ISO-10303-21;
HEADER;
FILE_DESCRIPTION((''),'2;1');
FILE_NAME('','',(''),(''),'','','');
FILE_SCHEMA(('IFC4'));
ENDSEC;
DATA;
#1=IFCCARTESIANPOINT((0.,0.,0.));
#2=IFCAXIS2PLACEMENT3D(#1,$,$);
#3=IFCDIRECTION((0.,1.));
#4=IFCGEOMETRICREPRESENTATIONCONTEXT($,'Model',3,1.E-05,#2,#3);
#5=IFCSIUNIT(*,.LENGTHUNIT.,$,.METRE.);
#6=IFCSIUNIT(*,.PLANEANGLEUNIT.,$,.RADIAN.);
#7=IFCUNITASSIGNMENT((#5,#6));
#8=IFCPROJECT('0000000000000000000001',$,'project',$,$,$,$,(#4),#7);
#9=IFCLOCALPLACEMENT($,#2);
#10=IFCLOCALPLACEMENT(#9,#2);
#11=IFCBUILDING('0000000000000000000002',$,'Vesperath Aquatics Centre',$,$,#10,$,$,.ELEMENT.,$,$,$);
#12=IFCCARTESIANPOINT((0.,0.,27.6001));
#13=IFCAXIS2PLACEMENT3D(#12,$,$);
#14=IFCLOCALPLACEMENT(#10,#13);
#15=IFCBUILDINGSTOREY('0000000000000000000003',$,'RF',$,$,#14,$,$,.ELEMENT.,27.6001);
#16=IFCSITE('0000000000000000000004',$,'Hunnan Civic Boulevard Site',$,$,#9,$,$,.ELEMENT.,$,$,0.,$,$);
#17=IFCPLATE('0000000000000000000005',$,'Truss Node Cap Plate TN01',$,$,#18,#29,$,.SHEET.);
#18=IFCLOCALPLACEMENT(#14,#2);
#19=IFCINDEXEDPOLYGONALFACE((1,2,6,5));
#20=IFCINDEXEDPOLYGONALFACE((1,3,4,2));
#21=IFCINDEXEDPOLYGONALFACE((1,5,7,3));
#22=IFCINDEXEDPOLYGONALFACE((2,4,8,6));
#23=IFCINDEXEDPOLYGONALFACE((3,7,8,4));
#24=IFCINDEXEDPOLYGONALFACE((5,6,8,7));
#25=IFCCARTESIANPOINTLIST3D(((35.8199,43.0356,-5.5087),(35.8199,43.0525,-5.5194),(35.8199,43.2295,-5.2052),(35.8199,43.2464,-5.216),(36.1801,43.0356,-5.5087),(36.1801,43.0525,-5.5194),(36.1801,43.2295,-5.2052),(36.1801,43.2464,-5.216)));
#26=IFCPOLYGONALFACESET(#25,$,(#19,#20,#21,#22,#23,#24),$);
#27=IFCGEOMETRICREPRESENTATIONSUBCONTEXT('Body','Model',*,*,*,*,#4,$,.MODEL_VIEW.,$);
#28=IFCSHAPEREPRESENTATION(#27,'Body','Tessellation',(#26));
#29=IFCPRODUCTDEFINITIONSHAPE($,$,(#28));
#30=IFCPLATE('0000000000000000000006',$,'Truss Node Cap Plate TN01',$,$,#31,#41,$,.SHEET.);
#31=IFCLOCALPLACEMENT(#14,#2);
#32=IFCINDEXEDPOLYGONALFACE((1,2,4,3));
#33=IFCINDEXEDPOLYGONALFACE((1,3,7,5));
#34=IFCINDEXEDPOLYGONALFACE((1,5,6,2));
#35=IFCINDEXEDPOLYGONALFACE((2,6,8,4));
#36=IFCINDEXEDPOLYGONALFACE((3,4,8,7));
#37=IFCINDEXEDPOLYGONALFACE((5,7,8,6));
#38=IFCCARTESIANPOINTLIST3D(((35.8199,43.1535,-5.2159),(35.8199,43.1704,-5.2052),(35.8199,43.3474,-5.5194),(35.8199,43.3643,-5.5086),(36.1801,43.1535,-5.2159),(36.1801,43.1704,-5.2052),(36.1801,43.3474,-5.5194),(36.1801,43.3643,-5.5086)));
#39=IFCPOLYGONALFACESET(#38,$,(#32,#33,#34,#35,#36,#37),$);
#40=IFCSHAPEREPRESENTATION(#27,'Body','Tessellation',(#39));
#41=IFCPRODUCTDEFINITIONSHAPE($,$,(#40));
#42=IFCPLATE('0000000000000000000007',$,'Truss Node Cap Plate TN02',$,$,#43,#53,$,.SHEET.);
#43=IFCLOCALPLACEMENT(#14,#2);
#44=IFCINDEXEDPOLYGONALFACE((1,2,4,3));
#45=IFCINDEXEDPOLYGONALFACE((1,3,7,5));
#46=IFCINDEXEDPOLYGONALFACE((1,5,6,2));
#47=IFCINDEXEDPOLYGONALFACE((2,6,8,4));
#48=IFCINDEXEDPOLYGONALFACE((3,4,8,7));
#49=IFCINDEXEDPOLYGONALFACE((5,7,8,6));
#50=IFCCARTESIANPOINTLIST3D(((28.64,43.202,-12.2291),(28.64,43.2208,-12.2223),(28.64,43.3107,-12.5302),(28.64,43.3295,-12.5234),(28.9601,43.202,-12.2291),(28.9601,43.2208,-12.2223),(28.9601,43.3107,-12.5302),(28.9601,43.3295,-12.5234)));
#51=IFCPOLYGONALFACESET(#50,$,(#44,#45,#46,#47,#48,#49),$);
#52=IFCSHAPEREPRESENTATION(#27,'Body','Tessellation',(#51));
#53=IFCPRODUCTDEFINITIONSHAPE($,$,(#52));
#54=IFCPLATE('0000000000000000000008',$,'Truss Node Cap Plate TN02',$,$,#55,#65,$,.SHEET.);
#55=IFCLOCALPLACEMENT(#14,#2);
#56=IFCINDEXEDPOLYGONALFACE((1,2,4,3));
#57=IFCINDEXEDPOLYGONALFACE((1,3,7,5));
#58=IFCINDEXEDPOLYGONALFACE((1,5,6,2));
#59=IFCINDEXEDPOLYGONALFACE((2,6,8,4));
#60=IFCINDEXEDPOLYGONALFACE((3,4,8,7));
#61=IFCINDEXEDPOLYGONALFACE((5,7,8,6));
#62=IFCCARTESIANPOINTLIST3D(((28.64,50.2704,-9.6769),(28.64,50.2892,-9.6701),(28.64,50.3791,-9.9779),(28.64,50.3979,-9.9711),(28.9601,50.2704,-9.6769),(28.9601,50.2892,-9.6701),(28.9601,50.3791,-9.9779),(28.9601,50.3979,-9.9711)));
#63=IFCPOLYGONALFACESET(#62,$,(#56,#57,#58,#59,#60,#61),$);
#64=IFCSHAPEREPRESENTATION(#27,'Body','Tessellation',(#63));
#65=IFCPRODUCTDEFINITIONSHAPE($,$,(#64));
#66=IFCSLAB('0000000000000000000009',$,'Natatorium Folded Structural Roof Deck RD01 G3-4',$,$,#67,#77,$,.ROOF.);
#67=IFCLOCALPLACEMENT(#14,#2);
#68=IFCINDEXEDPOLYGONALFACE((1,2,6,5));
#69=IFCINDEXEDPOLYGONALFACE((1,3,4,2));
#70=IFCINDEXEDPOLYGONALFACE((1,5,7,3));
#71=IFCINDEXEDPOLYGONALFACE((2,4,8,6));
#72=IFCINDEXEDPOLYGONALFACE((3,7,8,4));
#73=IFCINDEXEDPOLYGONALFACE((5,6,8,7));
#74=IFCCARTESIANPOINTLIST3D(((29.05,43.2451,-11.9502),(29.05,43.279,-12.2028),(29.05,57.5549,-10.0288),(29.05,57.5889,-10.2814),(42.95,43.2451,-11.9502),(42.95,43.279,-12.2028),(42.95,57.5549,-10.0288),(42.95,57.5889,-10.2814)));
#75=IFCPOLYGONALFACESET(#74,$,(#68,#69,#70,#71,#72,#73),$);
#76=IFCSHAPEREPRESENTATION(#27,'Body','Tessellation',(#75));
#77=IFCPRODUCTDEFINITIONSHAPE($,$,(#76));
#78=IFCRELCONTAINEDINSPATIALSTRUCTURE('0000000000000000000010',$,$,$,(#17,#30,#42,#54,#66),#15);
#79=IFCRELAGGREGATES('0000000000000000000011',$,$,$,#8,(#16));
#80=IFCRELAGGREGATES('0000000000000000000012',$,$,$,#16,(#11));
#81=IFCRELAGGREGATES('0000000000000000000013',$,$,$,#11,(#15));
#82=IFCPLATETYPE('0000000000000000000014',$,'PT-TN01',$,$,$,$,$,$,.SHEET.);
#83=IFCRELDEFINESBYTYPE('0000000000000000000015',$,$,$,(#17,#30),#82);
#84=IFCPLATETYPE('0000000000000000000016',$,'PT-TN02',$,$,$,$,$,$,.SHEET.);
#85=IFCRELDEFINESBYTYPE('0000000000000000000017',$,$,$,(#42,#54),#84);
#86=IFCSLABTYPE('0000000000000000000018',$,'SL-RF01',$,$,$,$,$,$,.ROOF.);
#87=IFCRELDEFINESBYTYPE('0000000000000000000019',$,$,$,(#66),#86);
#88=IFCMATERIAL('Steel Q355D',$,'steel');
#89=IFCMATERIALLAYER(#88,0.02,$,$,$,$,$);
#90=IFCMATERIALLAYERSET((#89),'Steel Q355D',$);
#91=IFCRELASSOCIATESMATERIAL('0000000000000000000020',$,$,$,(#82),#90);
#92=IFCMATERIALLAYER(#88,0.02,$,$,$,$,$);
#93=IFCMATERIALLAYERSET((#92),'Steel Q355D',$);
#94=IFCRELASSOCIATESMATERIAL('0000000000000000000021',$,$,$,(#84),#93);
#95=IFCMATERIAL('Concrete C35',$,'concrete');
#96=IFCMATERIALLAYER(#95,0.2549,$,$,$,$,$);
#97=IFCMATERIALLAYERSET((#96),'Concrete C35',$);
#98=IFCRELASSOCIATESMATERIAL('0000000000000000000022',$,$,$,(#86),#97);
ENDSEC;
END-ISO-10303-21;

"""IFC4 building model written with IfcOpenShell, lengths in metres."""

from ifc_helpers import new_model, si_unit, direction, frame, origin, origin_2d, place, context, subcontext, project, spatial, polyline, rectangle, outline, extrude, material, layer, layer_set, type_object, element, save


model = new_model("IFC4")

# Units and contexts
model_context = context("Model", 3, precision=1e-05, world=origin(), true_north=direction((0.0, 1.0)))
body_context = subcontext(model_context, "Body", "Model", "MODEL_VIEW")
ifc_project = project(units=[si_unit("LENGTHUNIT", "METRE"), si_unit("PLANEANGLEUNIT", "RADIAN")], contexts=[model_context])

# Site, building, storey
site_placement = place(None, origin())
site = spatial("IfcSite", under=ifc_project, at=site_placement, Name="Hunnan Civic Boulevard Site", CompositionType="ELEMENT", RefElevation=0.0)
building_placement = place(site_placement, origin())
building = spatial("IfcBuilding", under=site, at=building_placement, Name="Vesperath Aquatics Centre", CompositionType="ELEMENT")
storey_placement = place(building_placement, frame((0.0, 0.0, 27.6001)))
storey = spatial("IfcBuildingStorey", under=building, at=storey_placement, Name="RF", CompositionType="ELEMENT", Elevation=27.6001)

# Shared definitions
ifc_material_1 = material(Name="Steel Q355D", Category="steel")

# Plates
ifc_layer_1 = layer(ifc_material_1, 0.02)
ifc_layer_set_1 = layer_set([ifc_layer_1], Name="Steel Q355D")
plate_type_1 = type_object("IfcPlateType", Name="PT-TN01", PredefinedType="SHEET", material=ifc_layer_set_1)
for number, where, z_axis, x_axis, name in (
    (1, (36.0, 43.1326, -5.3569), (0.0, 0.842696, -0.538389), (-1.0, 0.0, 0.0), "Truss Node Cap Plate TN01"),
    (2, (36.0, 43.2505, -5.3677), (0.0, 0.842696, 0.538389), (-1.0, 0.0, 0.0), "Truss Node Cap Plate TN01"),
):
    element("IfcPlate", number, at=place(storey_placement, frame(where, z_axis=z_axis, x_axis=x_axis)), inside=storey, type_object=plate_type_1, Name=name, PredefinedType="SHEET", context=body_context, shape_type="SweptSolid", body=[
        extrude(rectangle(XDim=0.3601, YDim=0.3601, at=origin_2d()), origin(), (0.0, 0.0, 1.0), 0.02),
    ])
ifc_layer_2 = layer(ifc_material_1, 0.02)
ifc_layer_set_2 = layer_set([ifc_layer_2], Name="Steel Q355D")
plate_type_2 = type_object("IfcPlateType", Name="PT-TN02", PredefinedType="SHEET", material=ifc_layer_set_2)
for number, where, z_axis, x_axis, name in (
    (3, (28.8, 43.2563, -12.3796), (0.0, 0.940554, 0.339644), (-1.0, 0.0, 0.0), "Truss Node Cap Plate TN02"),
    (4, (28.8, 50.3247, -9.8274), (0.0, 0.940554, 0.339644), (-1.0, 0.0, 0.0), "Truss Node Cap Plate TN02"),
):
    element("IfcPlate", number, at=place(storey_placement, frame(where, z_axis=z_axis, x_axis=x_axis)), inside=storey, type_object=plate_type_2, Name=name, PredefinedType="SHEET", context=body_context, shape_type="SweptSolid", body=[
        extrude(rectangle(XDim=0.3201, YDim=0.3201, at=origin_2d()), origin(), (0.0, 0.0, 1.0), 0.02),
    ])

# Slab
ifc_material_2 = material(Name="Concrete C35", Category="concrete")
ifc_layer_3 = layer(ifc_material_2, 0.2549)
ifc_layer_set_3 = layer_set([ifc_layer_3], Name="Concrete C35")
slab_type = type_object("IfcSlabType", Name="SL-RF01", PredefinedType="ROOF", material=ifc_layer_set_3)
slab_placement = place(storey_placement, frame((29.05, 43.2451, -11.9502), z_axis=(0.0, -0.133076, 0.991106), x_axis=(1.0, 0.0, 0.0)))
element("IfcSlab", 5, at=slab_placement, inside=storey, type_object=slab_type, Name="Natatorium Folded Structural Roof Deck RD01 G3-4", PredefinedType="ROOF", context=body_context, shape_type="SweptSolid", body=[
    extrude(outline(polyline([(0.0, 0.0), (13.8999, 0.0), (13.8999, 14.4382), (0.0, 14.4382), (0.0, 0.0)])), origin(), (0.0, 0.0, -1.0), 0.2549),
])

save(model, "model.ifc")
